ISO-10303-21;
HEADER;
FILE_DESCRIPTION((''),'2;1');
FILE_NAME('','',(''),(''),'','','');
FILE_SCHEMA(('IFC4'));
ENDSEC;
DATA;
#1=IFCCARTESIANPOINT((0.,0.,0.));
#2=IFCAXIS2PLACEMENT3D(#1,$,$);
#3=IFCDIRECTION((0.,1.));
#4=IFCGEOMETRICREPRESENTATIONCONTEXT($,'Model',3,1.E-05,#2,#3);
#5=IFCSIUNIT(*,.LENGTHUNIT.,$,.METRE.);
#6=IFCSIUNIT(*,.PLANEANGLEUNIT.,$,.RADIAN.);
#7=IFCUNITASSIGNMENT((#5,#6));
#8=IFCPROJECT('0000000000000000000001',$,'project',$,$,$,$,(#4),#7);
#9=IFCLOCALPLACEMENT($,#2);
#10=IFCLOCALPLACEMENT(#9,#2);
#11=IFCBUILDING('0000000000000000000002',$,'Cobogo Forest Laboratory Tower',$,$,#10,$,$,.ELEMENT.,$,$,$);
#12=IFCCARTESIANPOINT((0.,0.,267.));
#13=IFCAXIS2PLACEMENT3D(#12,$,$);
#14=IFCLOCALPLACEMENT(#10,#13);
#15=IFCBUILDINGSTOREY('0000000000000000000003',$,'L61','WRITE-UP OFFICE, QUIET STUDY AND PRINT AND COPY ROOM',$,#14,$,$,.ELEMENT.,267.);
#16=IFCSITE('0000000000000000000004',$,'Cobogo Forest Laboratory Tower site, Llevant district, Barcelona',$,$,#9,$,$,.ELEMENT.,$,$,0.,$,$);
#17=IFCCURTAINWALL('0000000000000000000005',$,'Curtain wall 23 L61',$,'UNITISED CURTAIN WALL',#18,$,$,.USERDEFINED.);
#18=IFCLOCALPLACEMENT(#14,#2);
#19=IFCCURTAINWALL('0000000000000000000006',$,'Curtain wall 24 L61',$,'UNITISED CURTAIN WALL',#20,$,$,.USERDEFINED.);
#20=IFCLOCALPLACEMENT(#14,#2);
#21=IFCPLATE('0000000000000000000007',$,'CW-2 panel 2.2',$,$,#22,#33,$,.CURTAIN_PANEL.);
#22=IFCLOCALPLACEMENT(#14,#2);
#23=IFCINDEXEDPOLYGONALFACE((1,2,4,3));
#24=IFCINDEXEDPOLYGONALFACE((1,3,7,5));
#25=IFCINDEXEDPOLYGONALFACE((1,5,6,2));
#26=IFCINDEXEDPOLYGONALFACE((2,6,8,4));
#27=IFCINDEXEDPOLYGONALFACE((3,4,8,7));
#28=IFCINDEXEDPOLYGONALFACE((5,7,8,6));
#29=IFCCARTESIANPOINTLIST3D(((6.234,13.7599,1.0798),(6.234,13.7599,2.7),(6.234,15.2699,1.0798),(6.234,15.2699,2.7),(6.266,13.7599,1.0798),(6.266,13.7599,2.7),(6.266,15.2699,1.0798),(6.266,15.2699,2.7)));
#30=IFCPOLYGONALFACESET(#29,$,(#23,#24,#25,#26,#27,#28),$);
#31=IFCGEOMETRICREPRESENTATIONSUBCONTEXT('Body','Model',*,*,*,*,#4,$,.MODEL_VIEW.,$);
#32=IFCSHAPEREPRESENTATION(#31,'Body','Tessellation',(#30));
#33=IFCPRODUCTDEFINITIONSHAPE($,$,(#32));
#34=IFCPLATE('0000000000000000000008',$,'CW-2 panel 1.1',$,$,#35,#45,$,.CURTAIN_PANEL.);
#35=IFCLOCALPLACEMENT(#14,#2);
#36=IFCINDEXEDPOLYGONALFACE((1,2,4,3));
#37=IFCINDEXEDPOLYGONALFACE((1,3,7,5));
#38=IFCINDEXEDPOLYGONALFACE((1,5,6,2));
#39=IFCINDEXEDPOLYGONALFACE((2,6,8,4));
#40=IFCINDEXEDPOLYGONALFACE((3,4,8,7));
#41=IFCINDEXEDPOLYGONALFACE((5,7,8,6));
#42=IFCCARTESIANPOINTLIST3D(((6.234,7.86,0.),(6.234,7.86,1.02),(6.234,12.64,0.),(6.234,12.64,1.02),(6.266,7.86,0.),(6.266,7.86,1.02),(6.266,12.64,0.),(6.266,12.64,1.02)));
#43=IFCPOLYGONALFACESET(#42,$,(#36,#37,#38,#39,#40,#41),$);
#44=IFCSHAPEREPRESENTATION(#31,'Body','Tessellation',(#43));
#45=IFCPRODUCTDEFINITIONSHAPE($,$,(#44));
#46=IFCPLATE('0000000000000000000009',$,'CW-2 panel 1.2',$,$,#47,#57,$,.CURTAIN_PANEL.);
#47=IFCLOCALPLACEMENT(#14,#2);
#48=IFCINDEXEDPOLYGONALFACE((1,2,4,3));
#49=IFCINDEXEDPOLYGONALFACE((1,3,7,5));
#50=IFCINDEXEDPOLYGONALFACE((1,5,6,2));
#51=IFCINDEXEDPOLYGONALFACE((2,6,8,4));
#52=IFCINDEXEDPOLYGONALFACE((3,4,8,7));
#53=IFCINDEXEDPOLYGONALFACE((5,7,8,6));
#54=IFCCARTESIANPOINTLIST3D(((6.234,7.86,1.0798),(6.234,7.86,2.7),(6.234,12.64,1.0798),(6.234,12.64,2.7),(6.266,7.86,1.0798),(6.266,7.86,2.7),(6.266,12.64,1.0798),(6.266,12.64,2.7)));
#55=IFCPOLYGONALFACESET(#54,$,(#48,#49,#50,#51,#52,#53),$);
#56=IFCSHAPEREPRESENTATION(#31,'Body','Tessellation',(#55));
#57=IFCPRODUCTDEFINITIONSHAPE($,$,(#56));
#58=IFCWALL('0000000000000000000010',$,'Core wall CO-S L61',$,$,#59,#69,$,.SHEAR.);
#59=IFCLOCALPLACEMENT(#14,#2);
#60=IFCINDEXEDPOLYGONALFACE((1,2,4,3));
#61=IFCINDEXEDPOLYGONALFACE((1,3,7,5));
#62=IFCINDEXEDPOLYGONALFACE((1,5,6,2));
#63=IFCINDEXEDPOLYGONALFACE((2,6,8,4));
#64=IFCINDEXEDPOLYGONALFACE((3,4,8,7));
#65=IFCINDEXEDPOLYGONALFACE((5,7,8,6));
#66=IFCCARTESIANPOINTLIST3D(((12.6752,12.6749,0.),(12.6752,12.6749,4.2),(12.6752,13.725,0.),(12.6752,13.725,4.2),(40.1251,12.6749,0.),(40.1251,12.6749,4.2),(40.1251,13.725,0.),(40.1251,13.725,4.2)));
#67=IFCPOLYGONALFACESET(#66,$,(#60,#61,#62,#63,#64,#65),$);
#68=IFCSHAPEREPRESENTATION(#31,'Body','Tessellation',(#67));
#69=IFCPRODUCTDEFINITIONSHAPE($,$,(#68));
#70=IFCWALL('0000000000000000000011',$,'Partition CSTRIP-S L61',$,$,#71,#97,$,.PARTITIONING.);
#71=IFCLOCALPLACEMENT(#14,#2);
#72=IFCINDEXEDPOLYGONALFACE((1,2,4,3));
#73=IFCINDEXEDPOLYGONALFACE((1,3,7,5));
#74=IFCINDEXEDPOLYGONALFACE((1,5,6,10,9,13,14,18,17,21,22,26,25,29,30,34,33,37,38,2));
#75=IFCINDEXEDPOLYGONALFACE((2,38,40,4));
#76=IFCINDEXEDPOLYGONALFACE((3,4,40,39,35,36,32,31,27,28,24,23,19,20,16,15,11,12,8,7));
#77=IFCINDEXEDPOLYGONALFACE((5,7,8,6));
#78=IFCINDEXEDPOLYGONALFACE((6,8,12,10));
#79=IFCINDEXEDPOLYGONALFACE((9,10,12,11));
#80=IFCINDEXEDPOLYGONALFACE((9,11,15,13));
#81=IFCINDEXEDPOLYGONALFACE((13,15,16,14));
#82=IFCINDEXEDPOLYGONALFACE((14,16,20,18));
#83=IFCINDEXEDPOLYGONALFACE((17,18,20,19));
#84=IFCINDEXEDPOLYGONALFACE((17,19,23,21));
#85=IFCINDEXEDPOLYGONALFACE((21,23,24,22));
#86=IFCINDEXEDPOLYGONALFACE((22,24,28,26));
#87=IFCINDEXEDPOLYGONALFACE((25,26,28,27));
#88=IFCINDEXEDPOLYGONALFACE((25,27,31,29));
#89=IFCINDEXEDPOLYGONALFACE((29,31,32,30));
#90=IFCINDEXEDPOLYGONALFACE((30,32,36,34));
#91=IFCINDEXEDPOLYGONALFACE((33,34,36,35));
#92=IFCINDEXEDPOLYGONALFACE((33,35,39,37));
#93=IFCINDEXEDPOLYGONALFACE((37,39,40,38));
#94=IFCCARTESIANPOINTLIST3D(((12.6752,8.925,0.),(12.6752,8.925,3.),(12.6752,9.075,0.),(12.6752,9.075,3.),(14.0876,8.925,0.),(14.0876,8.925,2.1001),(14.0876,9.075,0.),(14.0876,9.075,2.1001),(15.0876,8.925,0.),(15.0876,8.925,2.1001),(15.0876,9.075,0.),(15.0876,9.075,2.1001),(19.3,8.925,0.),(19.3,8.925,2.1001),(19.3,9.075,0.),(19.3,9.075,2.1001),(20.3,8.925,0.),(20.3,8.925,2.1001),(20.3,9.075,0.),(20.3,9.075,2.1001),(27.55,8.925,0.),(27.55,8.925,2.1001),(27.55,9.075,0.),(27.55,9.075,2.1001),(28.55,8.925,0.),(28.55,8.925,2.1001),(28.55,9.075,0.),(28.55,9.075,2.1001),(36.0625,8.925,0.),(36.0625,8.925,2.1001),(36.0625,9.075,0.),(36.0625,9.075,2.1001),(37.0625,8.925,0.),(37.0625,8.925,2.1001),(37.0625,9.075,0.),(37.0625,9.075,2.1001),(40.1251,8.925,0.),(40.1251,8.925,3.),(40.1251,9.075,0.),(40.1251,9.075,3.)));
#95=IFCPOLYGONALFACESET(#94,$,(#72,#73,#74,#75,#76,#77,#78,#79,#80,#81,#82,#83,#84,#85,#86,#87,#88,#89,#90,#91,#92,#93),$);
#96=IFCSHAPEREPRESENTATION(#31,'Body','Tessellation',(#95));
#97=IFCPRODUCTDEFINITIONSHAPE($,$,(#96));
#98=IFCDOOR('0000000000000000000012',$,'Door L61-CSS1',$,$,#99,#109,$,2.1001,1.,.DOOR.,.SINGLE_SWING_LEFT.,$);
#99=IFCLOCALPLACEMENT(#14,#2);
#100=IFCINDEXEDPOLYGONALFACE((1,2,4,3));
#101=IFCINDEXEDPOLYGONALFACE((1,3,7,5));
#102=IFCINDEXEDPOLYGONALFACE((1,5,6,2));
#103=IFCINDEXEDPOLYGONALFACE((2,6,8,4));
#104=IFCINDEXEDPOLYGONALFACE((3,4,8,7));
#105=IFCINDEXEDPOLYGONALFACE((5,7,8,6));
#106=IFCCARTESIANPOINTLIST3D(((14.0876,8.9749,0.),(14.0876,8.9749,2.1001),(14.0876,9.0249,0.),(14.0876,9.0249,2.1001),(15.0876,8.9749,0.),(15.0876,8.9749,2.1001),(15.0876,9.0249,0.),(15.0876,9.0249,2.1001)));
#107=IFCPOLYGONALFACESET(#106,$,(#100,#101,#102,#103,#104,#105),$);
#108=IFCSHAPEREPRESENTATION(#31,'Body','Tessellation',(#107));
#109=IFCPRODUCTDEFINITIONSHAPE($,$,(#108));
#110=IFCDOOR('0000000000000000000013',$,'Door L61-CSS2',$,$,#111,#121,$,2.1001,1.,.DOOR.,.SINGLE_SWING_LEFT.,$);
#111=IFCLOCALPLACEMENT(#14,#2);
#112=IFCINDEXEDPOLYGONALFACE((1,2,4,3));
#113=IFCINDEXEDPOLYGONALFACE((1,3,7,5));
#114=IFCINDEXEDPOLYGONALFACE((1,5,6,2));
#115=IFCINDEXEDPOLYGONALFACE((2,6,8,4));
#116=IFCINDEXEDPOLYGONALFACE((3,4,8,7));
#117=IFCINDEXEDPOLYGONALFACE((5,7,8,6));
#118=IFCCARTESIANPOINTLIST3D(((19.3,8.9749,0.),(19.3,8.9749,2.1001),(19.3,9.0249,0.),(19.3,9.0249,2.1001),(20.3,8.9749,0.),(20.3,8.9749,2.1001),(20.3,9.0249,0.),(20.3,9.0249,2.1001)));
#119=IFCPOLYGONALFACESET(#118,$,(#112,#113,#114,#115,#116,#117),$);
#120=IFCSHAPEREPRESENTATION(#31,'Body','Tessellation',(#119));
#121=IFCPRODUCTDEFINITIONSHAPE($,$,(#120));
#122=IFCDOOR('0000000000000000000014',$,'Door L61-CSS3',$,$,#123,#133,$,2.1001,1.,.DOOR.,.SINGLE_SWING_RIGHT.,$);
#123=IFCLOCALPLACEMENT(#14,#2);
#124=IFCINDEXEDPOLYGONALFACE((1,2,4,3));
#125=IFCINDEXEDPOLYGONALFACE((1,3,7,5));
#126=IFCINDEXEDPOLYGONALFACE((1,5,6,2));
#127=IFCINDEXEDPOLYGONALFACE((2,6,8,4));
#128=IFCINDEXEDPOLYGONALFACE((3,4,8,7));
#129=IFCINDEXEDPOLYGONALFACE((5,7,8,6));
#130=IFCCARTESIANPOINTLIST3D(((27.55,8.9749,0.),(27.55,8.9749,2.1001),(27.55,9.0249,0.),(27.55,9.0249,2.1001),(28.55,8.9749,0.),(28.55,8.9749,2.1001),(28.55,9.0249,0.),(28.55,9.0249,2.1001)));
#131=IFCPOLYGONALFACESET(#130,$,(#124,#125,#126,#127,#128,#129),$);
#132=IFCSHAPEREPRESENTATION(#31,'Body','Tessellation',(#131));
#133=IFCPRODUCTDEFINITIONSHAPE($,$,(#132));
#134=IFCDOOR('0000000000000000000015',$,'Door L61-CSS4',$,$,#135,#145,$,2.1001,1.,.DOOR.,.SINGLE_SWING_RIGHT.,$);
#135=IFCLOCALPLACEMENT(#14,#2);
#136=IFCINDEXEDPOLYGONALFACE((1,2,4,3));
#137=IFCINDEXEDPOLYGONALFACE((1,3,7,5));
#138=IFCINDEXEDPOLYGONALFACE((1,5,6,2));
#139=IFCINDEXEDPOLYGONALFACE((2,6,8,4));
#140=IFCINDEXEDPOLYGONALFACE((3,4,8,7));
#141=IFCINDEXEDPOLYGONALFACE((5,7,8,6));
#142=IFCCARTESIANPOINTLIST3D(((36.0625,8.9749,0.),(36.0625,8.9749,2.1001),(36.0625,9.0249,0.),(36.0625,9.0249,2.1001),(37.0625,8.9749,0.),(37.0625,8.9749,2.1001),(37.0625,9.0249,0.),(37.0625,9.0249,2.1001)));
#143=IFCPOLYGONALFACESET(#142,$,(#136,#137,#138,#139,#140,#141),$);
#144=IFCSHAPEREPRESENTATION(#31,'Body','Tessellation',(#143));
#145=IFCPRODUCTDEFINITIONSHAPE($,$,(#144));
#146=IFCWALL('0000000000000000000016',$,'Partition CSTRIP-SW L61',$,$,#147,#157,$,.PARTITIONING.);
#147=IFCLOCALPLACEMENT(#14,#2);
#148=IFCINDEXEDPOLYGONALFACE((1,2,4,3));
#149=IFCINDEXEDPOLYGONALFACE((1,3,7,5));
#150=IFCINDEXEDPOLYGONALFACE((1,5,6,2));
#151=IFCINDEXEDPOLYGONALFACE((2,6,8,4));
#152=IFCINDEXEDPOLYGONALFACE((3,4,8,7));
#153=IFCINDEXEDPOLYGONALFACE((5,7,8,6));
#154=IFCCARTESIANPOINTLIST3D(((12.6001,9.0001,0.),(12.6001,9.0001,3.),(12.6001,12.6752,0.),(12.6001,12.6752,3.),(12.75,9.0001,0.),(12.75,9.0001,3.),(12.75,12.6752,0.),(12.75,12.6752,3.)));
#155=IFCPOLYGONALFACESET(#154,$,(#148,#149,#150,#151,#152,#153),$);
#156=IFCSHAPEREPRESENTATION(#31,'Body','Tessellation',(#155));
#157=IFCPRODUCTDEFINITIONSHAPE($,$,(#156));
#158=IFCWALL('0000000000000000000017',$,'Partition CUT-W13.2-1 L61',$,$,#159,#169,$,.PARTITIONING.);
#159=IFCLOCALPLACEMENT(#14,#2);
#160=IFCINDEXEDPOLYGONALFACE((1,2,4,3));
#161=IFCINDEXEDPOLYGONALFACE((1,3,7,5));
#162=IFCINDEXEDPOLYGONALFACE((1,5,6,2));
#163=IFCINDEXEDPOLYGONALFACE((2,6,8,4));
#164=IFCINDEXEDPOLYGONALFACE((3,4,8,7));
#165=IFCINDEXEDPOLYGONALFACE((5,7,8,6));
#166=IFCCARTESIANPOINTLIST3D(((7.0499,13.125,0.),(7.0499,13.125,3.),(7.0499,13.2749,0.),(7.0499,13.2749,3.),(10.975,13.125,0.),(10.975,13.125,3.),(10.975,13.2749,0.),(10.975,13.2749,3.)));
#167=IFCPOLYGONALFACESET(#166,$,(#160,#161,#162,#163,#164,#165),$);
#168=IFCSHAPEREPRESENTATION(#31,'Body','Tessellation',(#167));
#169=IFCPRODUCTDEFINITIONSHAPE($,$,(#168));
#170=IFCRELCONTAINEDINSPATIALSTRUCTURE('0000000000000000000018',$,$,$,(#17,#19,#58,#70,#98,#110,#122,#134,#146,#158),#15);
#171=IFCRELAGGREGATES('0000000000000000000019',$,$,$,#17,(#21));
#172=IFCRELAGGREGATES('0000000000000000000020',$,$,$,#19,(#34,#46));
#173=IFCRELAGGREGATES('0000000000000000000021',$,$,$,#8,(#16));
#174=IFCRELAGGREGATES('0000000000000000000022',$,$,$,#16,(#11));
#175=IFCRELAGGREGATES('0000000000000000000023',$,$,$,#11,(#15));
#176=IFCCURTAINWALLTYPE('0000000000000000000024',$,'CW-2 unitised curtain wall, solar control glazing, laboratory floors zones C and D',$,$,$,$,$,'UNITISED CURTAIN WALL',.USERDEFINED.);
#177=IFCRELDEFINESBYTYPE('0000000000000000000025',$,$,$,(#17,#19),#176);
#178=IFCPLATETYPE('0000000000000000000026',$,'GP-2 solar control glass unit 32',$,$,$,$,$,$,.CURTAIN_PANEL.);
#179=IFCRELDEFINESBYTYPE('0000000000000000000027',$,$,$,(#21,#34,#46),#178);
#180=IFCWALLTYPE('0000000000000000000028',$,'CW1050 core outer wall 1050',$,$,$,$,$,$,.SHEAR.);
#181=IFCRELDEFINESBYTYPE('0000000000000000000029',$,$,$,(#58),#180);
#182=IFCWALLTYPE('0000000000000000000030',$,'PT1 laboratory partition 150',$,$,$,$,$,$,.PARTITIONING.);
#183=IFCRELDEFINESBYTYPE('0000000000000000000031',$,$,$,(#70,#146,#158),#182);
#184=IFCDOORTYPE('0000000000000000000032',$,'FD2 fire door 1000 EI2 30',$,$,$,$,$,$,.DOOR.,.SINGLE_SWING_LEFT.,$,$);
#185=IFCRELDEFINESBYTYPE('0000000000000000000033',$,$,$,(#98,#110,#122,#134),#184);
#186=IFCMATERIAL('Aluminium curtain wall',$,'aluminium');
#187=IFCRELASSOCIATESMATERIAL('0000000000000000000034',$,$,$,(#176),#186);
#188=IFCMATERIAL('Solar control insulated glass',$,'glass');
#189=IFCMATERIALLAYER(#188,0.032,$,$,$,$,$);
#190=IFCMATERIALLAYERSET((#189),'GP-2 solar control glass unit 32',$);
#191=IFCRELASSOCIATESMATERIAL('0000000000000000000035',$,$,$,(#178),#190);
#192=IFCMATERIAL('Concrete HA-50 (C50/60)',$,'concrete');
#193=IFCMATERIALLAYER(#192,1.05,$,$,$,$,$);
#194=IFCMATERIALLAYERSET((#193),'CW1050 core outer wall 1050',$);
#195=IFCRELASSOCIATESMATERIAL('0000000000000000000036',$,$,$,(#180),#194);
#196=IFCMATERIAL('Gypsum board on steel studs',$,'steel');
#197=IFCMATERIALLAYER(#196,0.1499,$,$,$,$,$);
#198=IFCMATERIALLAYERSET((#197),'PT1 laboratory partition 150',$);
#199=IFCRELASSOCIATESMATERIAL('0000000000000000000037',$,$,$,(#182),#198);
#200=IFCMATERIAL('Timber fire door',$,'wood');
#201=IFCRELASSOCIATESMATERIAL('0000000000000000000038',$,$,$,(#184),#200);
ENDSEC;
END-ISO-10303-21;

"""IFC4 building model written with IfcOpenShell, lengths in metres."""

from ifc_helpers import new_model, si_unit, direction, frame, frame_2d, origin, origin_2d, place, context, subcontext, project, spatial, rectangle, extrude, material, layer, layer_set, type_object, element, fill, aggregate, save


model = new_model("IFC4")

# Units and contexts
model_context = context("Model", 3, precision=1e-05, world=origin(), true_north=direction((0.0, 1.0)))
body_context = subcontext(model_context, "Body", "Model", "MODEL_VIEW")
ifc_project = project(units=[si_unit("LENGTHUNIT", "METRE"), si_unit("PLANEANGLEUNIT", "RADIAN")], contexts=[model_context])

# Site, building, storey
site_placement = place(None, origin())
site = spatial("IfcSite", under=ifc_project, at=site_placement, Name="Cobogo Forest Laboratory Tower site, Llevant district, Barcelona", CompositionType="ELEMENT", RefElevation=0.0)
building_placement = place(site_placement, origin())
building = spatial("IfcBuilding", under=site, at=building_placement, Name="Cobogo Forest Laboratory Tower", CompositionType="ELEMENT")
storey_placement = place(building_placement, frame((0.0, 0.0, 267.0)))
storey = spatial("IfcBuildingStorey", under=building, at=storey_placement, Name="L61", Description="WRITE-UP OFFICE, QUIET STUDY AND PRINT AND COPY ROOM", CompositionType="ELEMENT", Elevation=267.0)

# Shared definitions
ifc_material_1 = material(Name="Concrete HA-50 (C50/60)", Category="concrete")

# Curtain wall
ifc_material_2 = material(Name="Aluminium curtain wall", Category="aluminium")
curtain_wall_type = type_object("IfcCurtainWallType", Name="CW-2 unitised curtain wall, solar control glazing, laboratory floors zones C and D", ElementType="UNITISED CURTAIN WALL", PredefinedType="USERDEFINED", material=ifc_material_2)
curtain_wall_1_placement = place(storey_placement, origin())
curtain_wall_1 = element("IfcCurtainWall", 1, at=curtain_wall_1_placement, inside=storey, type_object=curtain_wall_type, Name="Curtain wall 23 L61", ObjectType="UNITISED CURTAIN WALL", PredefinedType="USERDEFINED")

# Curtain wall
curtain_wall_2_placement = place(storey_placement, origin())
curtain_wall_2 = element("IfcCurtainWall", 2, at=curtain_wall_2_placement, inside=storey, type_object=curtain_wall_type, Name="Curtain wall 24 L61", ObjectType="UNITISED CURTAIN WALL", PredefinedType="USERDEFINED")

# Plates
ifc_material_3 = material(Name="Solar control insulated glass", Category="glass")
ifc_layer_1 = layer(ifc_material_3, 0.032)
ifc_layer_set_1 = layer_set([ifc_layer_1], Name="GP-2 solar control glass unit 32")
plate_type_1 = type_object("IfcPlateType", Name="GP-2 solar control glass unit 32", PredefinedType="CURTAIN_PANEL", material=ifc_layer_set_1)
plate_1_placement = place(storey_placement, frame((6.25, 14.5149, 1.0798), z_axis=(0.0, 0.0, 1.0), x_axis=(0.0, -1.0, 0.0)))
plate_1 = element("IfcPlate", 3, at=plate_1_placement, type_object=plate_type_1, Name="CW-2 panel 2.2", PredefinedType="CURTAIN_PANEL", context=body_context, shape_type="SweptSolid", body=[
    extrude(rectangle(XDim=1.51, YDim=0.032, at=origin_2d()), origin(), (0.0, 0.0, 1.0), 1.6201),
])
aggregate(curtain_wall_1, [plate_1])
plate_2_placement = place(storey_placement, frame((6.25, 10.25, 0.0), z_axis=(0.0, 0.0, 1.0), x_axis=(0.0, -1.0, 0.0)))
plate_2 = element("IfcPlate", 4, at=plate_2_placement, type_object=plate_type_1, Name="CW-2 panel 1.1", PredefinedType="CURTAIN_PANEL", context=body_context, shape_type="SweptSolid", body=[
    extrude(rectangle(XDim=4.78, YDim=0.032, at=origin_2d()), origin(), (0.0, 0.0, 1.0), 1.02),
])
plate_3_placement = place(storey_placement, frame((6.25, 10.25, 1.0798), z_axis=(0.0, 0.0, 1.0), x_axis=(0.0, -1.0, 0.0)))
plate_3 = element("IfcPlate", 5, at=plate_3_placement, type_object=plate_type_1, Name="CW-2 panel 1.2", PredefinedType="CURTAIN_PANEL", context=body_context, shape_type="SweptSolid", body=[
    extrude(rectangle(XDim=4.78, YDim=0.032, at=origin_2d()), origin(), (0.0, 0.0, 1.0), 1.6201),
])
aggregate(curtain_wall_2, [plate_2, plate_3])

# Wall
ifc_layer_2 = layer(ifc_material_1, 1.05)
ifc_layer_set_2 = layer_set([ifc_layer_2], Name="CW1050 core outer wall 1050")
wall_type_1 = type_object("IfcWallType", Name="CW1050 core outer wall 1050", PredefinedType="SHEAR", material=ifc_layer_set_2)
wall_1_placement = place(storey_placement, frame((12.675, 13.2, 0.0), z_axis=(0.0, 0.0, 1.0), x_axis=(1.0, 0.0, 0.0)))
element("IfcWall", 6, at=wall_1_placement, inside=storey, type_object=wall_type_1, Name="Core wall CO-S L61", PredefinedType="SHEAR", context=body_context, shape_type="SweptSolid", body=[
    extrude(rectangle(XDim=27.45, YDim=1.05, at=frame_2d((13.7251, 0.0))), origin(), (0.0, 0.0, 1.0), 4.2),
])

# Wall, openings, doors
ifc_material_4 = material(Name="Gypsum board on steel studs", Category="steel")
ifc_layer_3 = layer(ifc_material_4, 0.1499)
ifc_layer_set_3 = layer_set([ifc_layer_3], Name="PT1 laboratory partition 150")
wall_type_2 = type_object("IfcWallType", Name="PT1 laboratory partition 150", PredefinedType="PARTITIONING", material=ifc_layer_set_3)
wall_2_placement = place(storey_placement, frame((12.675, 9.0, 0.0), z_axis=(0.0, 0.0, 1.0), x_axis=(1.0, 0.0, 0.0)))
wall_2 = element("IfcWall", 7, at=wall_2_placement, inside=storey, type_object=wall_type_2, Name="Partition CSTRIP-S L61", PredefinedType="PARTITIONING", context=body_context, shape_type="SweptSolid", body=[
    extrude(rectangle(XDim=27.45, YDim=0.1499, at=frame_2d((13.7251, 0.0))), origin(), (0.0, 0.0, 1.0), 3.0),
])
opening_1_placement = place(wall_2_placement, frame((1.4126, 0.0, 0.0)))
opening_1 = element("IfcOpeningElement", 8, at=opening_1_placement, cuts=wall_2, PredefinedType="OPENING", context=body_context, shape_type="SweptSolid", body=[
    extrude(rectangle(XDim=1.0, YDim=2.1001, at=frame_2d((0.5, 1.05))), frame((0.0, 0.085, 0.0), z_axis=(0.0, -1.0, 0.0), x_axis=(1.0, 0.0, 0.0)), (0.0, 0.0, 1.0), 0.1699),
])
opening_2_placement = place(wall_2_placement, frame((6.625, 0.0, 0.0)))
opening_2 = element("IfcOpeningElement", 9, at=opening_2_placement, cuts=wall_2, PredefinedType="OPENING", context=body_context, shape_type="SweptSolid", body=[
    extrude(rectangle(XDim=1.0, YDim=2.1001, at=frame_2d((0.5, 1.05))), frame((0.0, 0.085, 0.0), z_axis=(0.0, -1.0, 0.0), x_axis=(1.0, 0.0, 0.0)), (0.0, 0.0, 1.0), 0.1699),
])
opening_3_placement = place(wall_2_placement, frame((14.875, 0.0, 0.0)))
opening_3 = element("IfcOpeningElement", 10, at=opening_3_placement, cuts=wall_2, PredefinedType="OPENING", context=body_context, shape_type="SweptSolid", body=[
    extrude(rectangle(XDim=1.0, YDim=2.1001, at=frame_2d((0.5, 1.05))), frame((0.0, 0.085, 0.0), z_axis=(0.0, -1.0, 0.0), x_axis=(1.0, 0.0, 0.0)), (0.0, 0.0, 1.0), 0.1699),
])
opening_4_placement = place(wall_2_placement, frame((23.3875, 0.0, 0.0)))
opening_4 = element("IfcOpeningElement", 11, at=opening_4_placement, cuts=wall_2, PredefinedType="OPENING", context=body_context, shape_type="SweptSolid", body=[
    extrude(rectangle(XDim=1.0, YDim=2.1001, at=frame_2d((0.5, 1.05))), frame((0.0, 0.085, 0.0), z_axis=(0.0, -1.0, 0.0), x_axis=(1.0, 0.0, 0.0)), (0.0, 0.0, 1.0), 0.1699),
])
ifc_material_5 = material(Name="Timber fire door", Category="wood")
door_type = type_object("IfcDoorType", Name="FD2 fire door 1000 EI2 30", OperationType="SINGLE_SWING_LEFT", PredefinedType="DOOR", material=ifc_material_5)
door_1_placement = place(opening_1_placement, origin())
door_1 = element("IfcDoor", 12, at=door_1_placement, inside=storey, type_object=door_type, Name="Door L61-CSS1", OperationType="SINGLE_SWING_LEFT", OverallHeight=2.1001, OverallWidth=1.0, PredefinedType="DOOR", context=body_context, shape_type="SweptSolid", body=[
    extrude(rectangle(XDim=1.0, YDim=2.1001, at=frame_2d((0.5, 1.05))), frame((0.0, 0.0249, 0.0), z_axis=(0.0, -1.0, 0.0), x_axis=(1.0, 0.0, 0.0)), (0.0, 0.0, 1.0), 0.05),
])
fill(opening_1, door_1)
door_2_placement = place(opening_2_placement, origin())
door_2 = element("IfcDoor", 13, at=door_2_placement, inside=storey, type_object=door_type, Name="Door L61-CSS2", OperationType="SINGLE_SWING_LEFT", OverallHeight=2.1001, OverallWidth=1.0, PredefinedType="DOOR", context=body_context, shape_type="SweptSolid", body=[
    extrude(rectangle(XDim=1.0, YDim=2.1001, at=frame_2d((0.5, 1.05))), frame((0.0, 0.0249, 0.0), z_axis=(0.0, -1.0, 0.0), x_axis=(1.0, 0.0, 0.0)), (0.0, 0.0, 1.0), 0.05),
])
fill(opening_2, door_2)
door_3_placement = place(opening_3_placement, origin())
door_3 = element("IfcDoor", 14, at=door_3_placement, inside=storey, type_object=door_type, Name="Door L61-CSS3", OperationType="SINGLE_SWING_RIGHT", OverallHeight=2.1001, OverallWidth=1.0, PredefinedType="DOOR", context=body_context, shape_type="SweptSolid", body=[
    extrude(rectangle(XDim=1.0, YDim=2.1001, at=frame_2d((0.5, 1.05))), frame((0.0, 0.0249, 0.0), z_axis=(0.0, -1.0, 0.0), x_axis=(1.0, 0.0, 0.0)), (0.0, 0.0, 1.0), 0.05),
])
fill(opening_3, door_3)
door_4_placement = place(opening_4_placement, origin())
door_4 = element("IfcDoor", 15, at=door_4_placement, inside=storey, type_object=door_type, Name="Door L61-CSS4", OperationType="SINGLE_SWING_RIGHT", OverallHeight=2.1001, OverallWidth=1.0, PredefinedType="DOOR", context=body_context, shape_type="SweptSolid", body=[
    extrude(rectangle(XDim=1.0, YDim=2.1001, at=frame_2d((0.5, 1.05))), frame((0.0, 0.0249, 0.0), z_axis=(0.0, -1.0, 0.0), x_axis=(1.0, 0.0, 0.0)), (0.0, 0.0, 1.0), 0.05),
])
fill(opening_4, door_4)

# Walls
wall_3_placement = place(storey_placement, frame((12.675, 12.675, 0.0), z_axis=(0.0, 0.0, 1.0), x_axis=(0.0, -1.0, 0.0)))
element("IfcWall", 16, at=wall_3_placement, inside=storey, type_object=wall_type_2, Name="Partition CSTRIP-SW L61", PredefinedType="PARTITIONING", context=body_context, shape_type="SweptSolid", body=[
    extrude(rectangle(XDim=3.675, YDim=0.1499, at=frame_2d((1.8374, 0.0))), origin(), (0.0, 0.0, 1.0), 3.0),
])
wall_4_placement = place(storey_placement, frame((7.05, 13.2, 0.0), z_axis=(0.0, 0.0, 1.0), x_axis=(1.0, 0.0, 0.0)))
element("IfcWall", 17, at=wall_4_placement, inside=storey, type_object=wall_type_2, Name="Partition CUT-W13.2-1 L61", PredefinedType="PARTITIONING", context=body_context, shape_type="SweptSolid", body=[
    extrude(rectangle(XDim=3.925, YDim=0.1499, at=frame_2d((1.9624, 0.0))), origin(), (0.0, 0.0, 1.0), 3.0),
])

save(model, "model.ifc")
